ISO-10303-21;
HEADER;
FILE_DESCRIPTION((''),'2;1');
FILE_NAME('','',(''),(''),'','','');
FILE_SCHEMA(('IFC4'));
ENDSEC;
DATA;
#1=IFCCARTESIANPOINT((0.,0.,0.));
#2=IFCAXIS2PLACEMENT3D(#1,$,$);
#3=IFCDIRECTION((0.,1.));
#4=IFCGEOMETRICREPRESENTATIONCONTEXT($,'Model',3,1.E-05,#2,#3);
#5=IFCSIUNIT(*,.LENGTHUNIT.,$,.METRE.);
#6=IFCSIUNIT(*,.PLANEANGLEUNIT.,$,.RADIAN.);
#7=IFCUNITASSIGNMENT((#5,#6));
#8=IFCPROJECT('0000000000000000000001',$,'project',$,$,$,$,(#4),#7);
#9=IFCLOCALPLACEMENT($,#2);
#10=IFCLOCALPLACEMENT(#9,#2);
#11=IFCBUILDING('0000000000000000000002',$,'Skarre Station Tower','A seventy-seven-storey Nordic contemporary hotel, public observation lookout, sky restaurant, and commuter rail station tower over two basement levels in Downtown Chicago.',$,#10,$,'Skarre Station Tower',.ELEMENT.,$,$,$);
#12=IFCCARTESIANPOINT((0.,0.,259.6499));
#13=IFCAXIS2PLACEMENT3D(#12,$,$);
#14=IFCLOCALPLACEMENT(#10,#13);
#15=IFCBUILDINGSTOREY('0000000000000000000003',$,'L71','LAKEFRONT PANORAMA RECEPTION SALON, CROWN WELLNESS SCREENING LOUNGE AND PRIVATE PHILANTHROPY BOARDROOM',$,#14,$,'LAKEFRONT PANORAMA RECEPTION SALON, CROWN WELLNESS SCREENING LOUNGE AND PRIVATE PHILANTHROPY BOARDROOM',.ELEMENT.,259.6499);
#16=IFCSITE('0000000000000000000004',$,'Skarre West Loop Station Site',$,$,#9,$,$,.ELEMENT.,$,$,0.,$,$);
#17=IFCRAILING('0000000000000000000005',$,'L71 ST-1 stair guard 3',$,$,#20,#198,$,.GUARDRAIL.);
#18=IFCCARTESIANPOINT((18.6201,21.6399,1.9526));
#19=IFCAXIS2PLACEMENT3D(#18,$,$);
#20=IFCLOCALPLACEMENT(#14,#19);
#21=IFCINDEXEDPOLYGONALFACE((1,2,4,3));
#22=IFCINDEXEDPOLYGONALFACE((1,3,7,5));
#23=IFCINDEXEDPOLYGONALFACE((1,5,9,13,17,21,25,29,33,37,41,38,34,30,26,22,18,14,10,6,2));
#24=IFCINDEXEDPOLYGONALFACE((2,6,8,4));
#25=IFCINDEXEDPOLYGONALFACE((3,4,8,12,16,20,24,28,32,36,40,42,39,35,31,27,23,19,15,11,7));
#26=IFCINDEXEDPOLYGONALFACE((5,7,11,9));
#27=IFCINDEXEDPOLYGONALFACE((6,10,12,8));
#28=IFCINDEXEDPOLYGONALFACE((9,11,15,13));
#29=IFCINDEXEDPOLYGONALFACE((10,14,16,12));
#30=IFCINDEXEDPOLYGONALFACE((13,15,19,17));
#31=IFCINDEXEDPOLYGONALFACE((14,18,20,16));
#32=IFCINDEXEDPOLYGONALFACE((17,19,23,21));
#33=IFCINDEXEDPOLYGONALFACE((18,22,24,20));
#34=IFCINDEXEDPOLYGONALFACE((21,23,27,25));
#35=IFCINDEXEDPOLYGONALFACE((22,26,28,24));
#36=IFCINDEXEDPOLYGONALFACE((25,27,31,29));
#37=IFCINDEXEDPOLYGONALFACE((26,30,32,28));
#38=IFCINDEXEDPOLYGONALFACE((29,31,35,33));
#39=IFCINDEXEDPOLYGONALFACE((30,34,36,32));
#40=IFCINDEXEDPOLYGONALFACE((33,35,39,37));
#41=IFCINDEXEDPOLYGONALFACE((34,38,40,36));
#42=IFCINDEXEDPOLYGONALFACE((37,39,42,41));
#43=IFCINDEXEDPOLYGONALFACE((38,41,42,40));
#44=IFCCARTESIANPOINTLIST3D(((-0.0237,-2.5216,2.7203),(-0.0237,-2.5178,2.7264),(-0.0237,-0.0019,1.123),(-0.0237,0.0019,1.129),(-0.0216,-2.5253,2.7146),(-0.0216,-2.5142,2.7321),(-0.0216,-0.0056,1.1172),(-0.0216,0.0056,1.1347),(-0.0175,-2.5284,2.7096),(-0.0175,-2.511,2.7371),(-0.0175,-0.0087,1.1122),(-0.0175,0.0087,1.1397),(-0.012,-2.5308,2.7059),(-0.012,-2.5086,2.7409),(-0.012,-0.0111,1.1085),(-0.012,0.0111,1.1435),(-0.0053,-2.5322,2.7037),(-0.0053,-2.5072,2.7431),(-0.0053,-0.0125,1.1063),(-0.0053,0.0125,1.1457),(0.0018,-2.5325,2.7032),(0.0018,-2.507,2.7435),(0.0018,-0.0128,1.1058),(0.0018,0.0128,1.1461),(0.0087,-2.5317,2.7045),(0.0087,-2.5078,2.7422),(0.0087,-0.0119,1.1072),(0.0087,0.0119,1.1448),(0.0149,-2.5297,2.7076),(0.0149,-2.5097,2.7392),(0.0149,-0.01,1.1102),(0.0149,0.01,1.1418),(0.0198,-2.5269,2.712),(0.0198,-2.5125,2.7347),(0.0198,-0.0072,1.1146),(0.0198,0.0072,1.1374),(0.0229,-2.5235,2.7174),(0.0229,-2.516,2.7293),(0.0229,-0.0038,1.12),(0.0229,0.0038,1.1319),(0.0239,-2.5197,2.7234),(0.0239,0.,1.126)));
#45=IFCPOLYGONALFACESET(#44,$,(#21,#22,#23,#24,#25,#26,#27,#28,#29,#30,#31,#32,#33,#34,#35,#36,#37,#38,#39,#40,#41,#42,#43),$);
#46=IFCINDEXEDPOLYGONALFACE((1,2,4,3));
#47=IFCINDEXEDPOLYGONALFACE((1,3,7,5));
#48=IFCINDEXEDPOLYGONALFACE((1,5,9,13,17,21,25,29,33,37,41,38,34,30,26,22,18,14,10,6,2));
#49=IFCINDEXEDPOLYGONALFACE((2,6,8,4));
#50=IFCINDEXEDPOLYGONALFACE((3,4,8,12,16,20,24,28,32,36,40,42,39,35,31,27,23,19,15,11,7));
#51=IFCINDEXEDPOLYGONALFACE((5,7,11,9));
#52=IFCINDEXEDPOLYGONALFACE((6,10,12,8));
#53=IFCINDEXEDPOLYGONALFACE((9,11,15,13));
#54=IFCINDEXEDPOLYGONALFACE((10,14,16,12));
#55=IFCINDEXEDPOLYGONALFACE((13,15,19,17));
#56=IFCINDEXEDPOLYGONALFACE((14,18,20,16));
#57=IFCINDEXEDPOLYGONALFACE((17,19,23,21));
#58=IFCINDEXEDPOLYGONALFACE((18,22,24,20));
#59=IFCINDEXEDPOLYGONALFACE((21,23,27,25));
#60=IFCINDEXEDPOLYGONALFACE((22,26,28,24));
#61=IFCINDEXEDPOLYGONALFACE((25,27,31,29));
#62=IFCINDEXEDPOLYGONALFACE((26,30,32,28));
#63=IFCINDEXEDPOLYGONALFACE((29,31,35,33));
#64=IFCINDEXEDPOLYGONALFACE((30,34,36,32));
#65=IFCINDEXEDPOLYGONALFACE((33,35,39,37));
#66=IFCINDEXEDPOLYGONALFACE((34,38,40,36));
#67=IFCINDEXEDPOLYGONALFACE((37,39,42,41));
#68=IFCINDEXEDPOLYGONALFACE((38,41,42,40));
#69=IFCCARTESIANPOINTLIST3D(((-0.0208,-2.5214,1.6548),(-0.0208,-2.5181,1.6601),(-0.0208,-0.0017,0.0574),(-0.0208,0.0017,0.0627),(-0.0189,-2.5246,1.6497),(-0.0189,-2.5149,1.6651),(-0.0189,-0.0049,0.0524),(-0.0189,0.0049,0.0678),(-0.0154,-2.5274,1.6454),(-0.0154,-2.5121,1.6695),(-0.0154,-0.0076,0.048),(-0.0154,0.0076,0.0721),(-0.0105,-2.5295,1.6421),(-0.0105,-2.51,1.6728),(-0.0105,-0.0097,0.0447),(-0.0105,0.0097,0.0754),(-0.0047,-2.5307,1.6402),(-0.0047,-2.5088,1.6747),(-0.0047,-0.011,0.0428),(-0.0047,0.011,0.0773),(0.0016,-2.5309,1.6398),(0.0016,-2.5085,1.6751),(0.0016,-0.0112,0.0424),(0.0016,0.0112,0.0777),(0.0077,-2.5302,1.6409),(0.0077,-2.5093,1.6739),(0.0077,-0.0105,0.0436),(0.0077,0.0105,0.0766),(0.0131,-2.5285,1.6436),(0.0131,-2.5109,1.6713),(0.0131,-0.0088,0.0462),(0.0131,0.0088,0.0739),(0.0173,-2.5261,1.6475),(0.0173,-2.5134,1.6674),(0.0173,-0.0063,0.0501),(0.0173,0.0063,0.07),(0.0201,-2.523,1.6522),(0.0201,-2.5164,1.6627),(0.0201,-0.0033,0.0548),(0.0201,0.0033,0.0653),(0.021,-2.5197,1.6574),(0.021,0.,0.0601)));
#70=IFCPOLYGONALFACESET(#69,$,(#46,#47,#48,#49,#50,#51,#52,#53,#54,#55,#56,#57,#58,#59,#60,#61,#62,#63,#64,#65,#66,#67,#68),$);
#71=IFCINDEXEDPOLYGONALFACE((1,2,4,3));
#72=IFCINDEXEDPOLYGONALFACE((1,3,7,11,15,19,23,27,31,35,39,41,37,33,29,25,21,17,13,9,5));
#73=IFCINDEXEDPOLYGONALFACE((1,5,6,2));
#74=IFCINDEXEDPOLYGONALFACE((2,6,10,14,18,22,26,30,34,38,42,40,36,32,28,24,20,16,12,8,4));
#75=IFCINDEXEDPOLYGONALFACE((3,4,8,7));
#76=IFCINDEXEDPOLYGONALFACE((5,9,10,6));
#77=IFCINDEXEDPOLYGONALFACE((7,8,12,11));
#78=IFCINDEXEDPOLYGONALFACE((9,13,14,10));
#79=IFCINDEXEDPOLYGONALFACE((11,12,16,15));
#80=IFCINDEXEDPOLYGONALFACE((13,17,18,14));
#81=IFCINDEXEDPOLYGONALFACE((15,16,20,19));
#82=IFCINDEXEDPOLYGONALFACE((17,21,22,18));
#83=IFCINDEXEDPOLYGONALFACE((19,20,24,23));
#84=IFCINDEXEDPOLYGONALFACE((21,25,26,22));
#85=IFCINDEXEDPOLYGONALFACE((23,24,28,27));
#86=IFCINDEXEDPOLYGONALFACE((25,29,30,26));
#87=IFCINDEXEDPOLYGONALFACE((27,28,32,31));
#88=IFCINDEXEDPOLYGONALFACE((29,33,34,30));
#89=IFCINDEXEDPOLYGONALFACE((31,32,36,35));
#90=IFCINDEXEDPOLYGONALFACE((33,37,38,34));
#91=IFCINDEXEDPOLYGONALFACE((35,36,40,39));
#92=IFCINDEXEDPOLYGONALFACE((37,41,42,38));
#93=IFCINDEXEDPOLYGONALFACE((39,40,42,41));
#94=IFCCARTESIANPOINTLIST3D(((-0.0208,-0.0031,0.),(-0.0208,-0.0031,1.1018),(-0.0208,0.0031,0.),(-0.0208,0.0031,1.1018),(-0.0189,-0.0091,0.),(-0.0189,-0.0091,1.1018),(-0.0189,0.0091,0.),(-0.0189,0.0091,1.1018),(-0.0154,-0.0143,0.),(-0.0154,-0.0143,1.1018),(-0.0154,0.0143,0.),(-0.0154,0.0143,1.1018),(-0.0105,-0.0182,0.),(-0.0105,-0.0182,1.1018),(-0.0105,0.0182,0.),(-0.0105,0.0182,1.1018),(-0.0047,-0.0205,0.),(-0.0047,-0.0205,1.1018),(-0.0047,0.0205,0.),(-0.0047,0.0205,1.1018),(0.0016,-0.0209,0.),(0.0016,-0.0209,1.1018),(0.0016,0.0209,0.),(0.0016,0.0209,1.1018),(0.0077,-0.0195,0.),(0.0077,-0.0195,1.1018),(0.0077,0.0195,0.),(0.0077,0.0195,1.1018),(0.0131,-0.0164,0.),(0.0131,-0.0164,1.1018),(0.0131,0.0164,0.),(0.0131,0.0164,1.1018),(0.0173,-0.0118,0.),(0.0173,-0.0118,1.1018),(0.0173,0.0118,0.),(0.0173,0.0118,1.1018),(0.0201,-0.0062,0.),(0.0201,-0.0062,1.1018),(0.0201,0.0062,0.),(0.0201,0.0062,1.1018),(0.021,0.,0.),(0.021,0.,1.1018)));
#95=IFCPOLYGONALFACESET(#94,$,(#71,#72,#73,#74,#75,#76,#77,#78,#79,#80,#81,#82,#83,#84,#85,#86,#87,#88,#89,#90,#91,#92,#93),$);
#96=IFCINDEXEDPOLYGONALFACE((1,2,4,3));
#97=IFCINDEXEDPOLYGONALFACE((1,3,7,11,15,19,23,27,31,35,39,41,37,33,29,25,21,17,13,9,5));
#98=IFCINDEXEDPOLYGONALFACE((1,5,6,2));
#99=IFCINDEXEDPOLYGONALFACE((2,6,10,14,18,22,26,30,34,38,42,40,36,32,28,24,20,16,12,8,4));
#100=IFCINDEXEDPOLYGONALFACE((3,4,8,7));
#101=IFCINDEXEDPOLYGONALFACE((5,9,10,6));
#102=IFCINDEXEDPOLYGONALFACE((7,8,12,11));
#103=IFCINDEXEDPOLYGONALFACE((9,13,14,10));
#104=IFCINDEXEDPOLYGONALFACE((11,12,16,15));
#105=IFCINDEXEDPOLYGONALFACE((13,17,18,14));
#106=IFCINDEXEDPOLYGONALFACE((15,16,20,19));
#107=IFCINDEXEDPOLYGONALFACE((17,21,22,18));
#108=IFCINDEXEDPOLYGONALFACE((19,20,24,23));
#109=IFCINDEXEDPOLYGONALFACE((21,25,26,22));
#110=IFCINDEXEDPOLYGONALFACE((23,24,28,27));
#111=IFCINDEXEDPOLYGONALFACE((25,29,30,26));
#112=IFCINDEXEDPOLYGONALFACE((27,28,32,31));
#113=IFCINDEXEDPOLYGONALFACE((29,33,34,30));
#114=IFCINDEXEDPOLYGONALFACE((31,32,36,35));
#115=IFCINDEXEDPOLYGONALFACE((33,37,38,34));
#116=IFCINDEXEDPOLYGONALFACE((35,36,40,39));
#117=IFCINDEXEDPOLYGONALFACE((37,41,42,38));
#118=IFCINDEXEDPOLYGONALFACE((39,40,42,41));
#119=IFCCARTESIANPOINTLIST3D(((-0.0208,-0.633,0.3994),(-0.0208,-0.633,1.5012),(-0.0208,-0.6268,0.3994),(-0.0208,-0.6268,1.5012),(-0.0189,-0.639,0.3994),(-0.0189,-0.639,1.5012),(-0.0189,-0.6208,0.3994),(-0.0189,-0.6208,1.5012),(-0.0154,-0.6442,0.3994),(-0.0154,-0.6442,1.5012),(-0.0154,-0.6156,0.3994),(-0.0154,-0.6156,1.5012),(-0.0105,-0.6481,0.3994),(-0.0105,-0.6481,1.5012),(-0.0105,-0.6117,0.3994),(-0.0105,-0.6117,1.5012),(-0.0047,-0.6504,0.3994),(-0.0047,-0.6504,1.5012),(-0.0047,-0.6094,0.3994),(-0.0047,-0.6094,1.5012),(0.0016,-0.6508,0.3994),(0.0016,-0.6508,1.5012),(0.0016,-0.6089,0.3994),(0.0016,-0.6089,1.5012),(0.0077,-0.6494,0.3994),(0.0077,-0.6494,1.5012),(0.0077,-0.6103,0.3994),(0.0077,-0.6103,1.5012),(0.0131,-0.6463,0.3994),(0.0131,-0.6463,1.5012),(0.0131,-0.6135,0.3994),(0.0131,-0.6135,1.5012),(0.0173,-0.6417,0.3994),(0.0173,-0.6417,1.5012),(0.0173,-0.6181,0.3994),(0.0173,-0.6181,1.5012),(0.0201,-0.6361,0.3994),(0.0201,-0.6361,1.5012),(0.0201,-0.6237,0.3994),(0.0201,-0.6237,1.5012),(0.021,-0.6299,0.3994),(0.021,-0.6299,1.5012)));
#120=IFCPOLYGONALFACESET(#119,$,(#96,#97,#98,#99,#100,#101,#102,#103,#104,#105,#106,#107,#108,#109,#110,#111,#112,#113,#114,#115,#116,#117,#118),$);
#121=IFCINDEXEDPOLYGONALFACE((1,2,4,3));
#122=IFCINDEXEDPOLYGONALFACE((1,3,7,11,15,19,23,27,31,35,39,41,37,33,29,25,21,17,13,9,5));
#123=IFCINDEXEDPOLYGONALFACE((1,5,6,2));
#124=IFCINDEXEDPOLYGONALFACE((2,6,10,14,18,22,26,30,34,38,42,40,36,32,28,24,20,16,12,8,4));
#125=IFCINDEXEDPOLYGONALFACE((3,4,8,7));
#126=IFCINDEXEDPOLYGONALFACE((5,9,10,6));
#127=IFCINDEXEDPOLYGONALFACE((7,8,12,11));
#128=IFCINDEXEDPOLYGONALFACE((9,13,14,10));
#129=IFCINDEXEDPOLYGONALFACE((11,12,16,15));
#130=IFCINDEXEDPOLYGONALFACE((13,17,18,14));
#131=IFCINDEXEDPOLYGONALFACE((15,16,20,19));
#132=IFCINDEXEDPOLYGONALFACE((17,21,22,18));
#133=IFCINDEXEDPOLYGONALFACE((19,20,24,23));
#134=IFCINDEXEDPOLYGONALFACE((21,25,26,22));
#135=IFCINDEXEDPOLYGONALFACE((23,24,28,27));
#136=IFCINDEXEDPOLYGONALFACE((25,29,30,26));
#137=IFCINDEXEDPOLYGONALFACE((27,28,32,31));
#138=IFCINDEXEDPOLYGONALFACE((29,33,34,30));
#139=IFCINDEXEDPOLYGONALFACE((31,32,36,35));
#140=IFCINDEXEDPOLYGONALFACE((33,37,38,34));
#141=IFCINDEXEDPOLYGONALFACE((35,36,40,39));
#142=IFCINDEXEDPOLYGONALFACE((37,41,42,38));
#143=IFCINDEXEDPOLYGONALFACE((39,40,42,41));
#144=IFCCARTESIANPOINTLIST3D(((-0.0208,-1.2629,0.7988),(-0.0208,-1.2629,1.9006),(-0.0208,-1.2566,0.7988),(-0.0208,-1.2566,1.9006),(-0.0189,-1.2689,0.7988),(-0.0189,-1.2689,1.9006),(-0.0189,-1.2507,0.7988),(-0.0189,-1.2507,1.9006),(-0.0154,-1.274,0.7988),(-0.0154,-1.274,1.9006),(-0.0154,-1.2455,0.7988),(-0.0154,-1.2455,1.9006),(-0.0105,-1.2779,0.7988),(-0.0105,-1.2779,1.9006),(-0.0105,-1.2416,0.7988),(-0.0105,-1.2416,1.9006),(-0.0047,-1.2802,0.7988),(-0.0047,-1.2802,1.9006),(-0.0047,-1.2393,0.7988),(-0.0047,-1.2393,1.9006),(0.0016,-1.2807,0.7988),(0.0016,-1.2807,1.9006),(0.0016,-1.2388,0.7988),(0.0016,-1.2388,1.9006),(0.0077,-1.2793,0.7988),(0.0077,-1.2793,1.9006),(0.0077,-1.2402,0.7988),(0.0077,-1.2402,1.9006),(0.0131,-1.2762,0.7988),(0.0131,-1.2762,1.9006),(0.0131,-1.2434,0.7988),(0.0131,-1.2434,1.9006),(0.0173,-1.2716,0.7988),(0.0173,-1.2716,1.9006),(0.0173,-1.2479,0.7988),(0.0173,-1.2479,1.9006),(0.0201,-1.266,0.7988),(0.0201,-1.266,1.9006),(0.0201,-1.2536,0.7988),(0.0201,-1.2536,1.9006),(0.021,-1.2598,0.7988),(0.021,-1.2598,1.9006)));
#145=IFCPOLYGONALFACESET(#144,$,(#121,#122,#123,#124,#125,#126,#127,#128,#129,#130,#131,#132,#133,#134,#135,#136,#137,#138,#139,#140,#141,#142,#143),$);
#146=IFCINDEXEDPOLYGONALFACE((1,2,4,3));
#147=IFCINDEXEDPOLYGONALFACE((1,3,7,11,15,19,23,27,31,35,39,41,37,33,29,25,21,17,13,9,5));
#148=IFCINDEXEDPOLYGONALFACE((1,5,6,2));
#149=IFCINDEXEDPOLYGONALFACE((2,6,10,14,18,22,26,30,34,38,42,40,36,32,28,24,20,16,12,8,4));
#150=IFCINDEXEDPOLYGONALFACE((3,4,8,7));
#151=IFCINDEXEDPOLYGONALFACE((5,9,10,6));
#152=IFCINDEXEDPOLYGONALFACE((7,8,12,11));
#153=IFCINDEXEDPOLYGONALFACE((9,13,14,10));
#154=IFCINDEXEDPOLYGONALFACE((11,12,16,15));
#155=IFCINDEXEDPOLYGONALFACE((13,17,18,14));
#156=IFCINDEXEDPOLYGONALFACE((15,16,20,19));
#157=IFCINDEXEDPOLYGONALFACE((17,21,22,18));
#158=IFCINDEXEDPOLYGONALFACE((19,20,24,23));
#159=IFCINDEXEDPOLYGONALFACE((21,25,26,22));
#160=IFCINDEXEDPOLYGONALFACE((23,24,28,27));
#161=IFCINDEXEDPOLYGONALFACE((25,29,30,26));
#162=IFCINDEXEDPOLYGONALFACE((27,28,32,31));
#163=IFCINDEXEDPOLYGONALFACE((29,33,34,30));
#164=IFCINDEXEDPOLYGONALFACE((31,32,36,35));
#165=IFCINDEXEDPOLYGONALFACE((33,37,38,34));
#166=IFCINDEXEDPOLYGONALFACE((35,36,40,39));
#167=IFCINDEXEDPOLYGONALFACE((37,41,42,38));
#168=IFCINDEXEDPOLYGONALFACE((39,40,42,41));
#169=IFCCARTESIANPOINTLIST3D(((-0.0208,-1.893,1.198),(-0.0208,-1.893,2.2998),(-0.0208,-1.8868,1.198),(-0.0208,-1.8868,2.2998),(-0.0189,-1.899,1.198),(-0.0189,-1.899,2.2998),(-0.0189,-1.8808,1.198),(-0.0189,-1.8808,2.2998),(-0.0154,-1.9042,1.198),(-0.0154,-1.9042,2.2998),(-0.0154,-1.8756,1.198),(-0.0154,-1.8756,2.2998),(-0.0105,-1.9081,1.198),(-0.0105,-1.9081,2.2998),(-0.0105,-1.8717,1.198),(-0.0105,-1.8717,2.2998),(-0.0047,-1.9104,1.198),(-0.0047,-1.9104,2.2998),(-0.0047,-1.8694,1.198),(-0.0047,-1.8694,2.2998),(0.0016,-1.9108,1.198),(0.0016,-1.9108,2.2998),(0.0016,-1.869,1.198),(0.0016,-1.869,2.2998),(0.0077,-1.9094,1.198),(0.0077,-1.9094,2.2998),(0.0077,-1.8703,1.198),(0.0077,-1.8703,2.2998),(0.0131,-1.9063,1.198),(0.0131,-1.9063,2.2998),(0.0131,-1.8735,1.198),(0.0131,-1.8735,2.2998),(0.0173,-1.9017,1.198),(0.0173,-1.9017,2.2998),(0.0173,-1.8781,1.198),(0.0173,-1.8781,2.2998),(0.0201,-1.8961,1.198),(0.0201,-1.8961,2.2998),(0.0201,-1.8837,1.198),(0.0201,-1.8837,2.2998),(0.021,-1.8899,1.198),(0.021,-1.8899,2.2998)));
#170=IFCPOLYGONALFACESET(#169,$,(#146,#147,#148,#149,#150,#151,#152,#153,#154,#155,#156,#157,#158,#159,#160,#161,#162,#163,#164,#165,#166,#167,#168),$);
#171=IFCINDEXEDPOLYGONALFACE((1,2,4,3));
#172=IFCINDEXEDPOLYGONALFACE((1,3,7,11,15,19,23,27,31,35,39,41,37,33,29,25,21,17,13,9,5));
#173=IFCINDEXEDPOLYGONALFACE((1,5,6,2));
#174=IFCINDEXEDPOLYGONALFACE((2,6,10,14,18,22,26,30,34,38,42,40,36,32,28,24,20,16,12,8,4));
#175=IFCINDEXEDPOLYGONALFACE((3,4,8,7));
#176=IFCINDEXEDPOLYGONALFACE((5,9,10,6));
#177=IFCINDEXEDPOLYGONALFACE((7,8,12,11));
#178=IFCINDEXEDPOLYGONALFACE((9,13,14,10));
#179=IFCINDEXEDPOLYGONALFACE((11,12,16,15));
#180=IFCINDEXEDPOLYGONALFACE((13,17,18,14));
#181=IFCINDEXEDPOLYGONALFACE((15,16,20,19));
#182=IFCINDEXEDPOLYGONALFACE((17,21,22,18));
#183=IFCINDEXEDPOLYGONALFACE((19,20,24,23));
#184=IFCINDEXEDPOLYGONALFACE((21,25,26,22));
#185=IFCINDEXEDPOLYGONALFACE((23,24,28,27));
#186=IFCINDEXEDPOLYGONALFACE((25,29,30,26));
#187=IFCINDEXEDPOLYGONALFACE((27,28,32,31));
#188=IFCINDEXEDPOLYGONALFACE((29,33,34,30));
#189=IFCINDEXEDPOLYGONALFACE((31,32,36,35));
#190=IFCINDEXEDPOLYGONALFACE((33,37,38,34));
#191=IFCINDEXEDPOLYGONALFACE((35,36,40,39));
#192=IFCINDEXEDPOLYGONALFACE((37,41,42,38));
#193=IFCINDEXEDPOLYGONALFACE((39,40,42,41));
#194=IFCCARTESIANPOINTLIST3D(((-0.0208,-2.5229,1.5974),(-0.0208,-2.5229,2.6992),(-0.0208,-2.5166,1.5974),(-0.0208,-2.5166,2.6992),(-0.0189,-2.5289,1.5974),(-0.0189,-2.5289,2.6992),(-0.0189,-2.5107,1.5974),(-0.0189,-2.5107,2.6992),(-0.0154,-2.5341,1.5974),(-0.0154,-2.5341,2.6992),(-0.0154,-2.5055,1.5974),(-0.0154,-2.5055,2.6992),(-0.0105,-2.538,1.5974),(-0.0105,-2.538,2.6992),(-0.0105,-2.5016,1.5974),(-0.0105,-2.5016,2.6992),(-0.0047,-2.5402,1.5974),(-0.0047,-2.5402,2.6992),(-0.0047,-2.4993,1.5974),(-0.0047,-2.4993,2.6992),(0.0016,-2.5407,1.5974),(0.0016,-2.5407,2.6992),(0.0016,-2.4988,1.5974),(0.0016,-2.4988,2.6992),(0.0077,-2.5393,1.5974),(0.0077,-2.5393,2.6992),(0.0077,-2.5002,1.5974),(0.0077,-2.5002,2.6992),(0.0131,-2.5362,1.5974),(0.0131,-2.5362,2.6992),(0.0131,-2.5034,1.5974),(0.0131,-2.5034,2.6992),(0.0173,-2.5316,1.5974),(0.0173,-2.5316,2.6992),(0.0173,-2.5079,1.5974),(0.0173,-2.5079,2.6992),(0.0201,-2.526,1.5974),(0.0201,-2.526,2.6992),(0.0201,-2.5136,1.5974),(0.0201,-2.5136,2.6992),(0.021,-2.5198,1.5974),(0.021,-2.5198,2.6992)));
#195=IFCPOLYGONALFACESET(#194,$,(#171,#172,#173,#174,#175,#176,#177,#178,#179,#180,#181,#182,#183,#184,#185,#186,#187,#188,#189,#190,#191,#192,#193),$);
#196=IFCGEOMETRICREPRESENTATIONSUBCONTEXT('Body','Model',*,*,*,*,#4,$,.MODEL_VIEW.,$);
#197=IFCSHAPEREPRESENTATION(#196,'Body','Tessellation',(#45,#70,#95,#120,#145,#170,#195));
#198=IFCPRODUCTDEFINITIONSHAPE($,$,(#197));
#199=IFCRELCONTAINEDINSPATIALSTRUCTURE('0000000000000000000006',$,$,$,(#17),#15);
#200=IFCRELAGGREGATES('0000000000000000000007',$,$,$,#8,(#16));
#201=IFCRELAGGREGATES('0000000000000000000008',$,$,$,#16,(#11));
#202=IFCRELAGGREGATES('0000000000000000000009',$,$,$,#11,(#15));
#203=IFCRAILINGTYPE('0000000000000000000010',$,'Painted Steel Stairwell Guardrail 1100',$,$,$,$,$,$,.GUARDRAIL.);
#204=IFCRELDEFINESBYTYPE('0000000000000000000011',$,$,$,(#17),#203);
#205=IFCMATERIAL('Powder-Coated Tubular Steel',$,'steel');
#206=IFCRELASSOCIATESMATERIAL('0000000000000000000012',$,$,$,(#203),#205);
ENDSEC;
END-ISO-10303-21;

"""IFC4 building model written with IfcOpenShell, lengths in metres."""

from ifc_helpers import new_model, si_unit, direction, frame, origin, origin_2d, place, context, subcontext, project, spatial, circle, extrude, material, type_object, element, save


model = new_model("IFC4")

# Units and contexts
model_context = context("Model", 3, precision=1e-05, world=origin(), true_north=direction((0.0, 1.0)))
body_context = subcontext(model_context, "Body", "Model", "MODEL_VIEW")
ifc_project = project(units=[si_unit("LENGTHUNIT", "METRE"), si_unit("PLANEANGLEUNIT", "RADIAN")], contexts=[model_context])

# Site, building, storey
site_placement = place(None, origin())
site = spatial("IfcSite", under=ifc_project, at=site_placement, Name="Skarre West Loop Station Site", CompositionType="ELEMENT", RefElevation=0.0)
building_placement = place(site_placement, origin())
building = spatial("IfcBuilding", under=site, at=building_placement, Name="Skarre Station Tower", Description="A seventy-seven-storey Nordic contemporary hotel, public observation lookout, sky restaurant, and commuter rail station tower over two basement levels in Downtown Chicago.", LongName="Skarre Station Tower", CompositionType="ELEMENT")
storey_placement = place(building_placement, frame((0.0, 0.0, 259.6499)))
storey = spatial("IfcBuildingStorey", under=building, at=storey_placement, Name="L71", Description="LAKEFRONT PANORAMA RECEPTION SALON, CROWN WELLNESS SCREENING LOUNGE AND PRIVATE PHILANTHROPY BOARDROOM", LongName="LAKEFRONT PANORAMA RECEPTION SALON, CROWN WELLNESS SCREENING LOUNGE AND PRIVATE PHILANTHROPY BOARDROOM", CompositionType="ELEMENT", Elevation=259.6499)

# Railing
ifc_material_1 = material(Name="Powder-Coated Tubular Steel", Category="steel")
railing_type = type_object("IfcRailingType", Name="Painted Steel Stairwell Guardrail 1100", PredefinedType="GUARDRAIL", material=ifc_material_1)
railing_1_placement = place(storey_placement, frame((18.6201, 21.6399, 1.9526)))
element("IfcRailing", 1, at=railing_1_placement, inside=storey, type_object=railing_type, Name="L71 ST-1 stair guard 3", PredefinedType="GUARDRAIL", context=body_context, shape_type="SweptSolid", body=[
    extrude(circle(Radius=0.0239, at=origin_2d()), frame((0.0, 0.0, 1.126), z_axis=(0.0, -0.844583, 0.535424), x_axis=(1.0, 0.0, 0.0)), (0.0, 0.0, 1.0), 2.9834),
    extrude(circle(Radius=0.021, at=origin_2d()), frame((0.0, 0.0, 0.0601), z_axis=(0.0, -0.844583, 0.535424), x_axis=(1.0, 0.0, 0.0)), (0.0, 0.0, 1.0), 2.9834),
    extrude(circle(Radius=0.021, at=origin_2d()), origin(), (0.0, 0.0, 1.0), 1.1018),
    extrude(circle(Radius=0.021, at=origin_2d()), frame((0.0, -0.6299, 0.3994)), (0.0, 0.0, 1.0), 1.1018),
    extrude(circle(Radius=0.021, at=origin_2d()), frame((0.0, -1.2598, 0.7988)), (0.0, 0.0, 1.0), 1.1018),
    extrude(circle(Radius=0.021, at=origin_2d()), frame((0.0, -1.8899, 1.198)), (0.0, 0.0, 1.0), 1.1018),
    extrude(circle(Radius=0.021, at=origin_2d()), frame((0.0, -2.5198, 1.5974)), (0.0, 0.0, 1.0), 1.1018),
])

save(model, "model.ifc")
